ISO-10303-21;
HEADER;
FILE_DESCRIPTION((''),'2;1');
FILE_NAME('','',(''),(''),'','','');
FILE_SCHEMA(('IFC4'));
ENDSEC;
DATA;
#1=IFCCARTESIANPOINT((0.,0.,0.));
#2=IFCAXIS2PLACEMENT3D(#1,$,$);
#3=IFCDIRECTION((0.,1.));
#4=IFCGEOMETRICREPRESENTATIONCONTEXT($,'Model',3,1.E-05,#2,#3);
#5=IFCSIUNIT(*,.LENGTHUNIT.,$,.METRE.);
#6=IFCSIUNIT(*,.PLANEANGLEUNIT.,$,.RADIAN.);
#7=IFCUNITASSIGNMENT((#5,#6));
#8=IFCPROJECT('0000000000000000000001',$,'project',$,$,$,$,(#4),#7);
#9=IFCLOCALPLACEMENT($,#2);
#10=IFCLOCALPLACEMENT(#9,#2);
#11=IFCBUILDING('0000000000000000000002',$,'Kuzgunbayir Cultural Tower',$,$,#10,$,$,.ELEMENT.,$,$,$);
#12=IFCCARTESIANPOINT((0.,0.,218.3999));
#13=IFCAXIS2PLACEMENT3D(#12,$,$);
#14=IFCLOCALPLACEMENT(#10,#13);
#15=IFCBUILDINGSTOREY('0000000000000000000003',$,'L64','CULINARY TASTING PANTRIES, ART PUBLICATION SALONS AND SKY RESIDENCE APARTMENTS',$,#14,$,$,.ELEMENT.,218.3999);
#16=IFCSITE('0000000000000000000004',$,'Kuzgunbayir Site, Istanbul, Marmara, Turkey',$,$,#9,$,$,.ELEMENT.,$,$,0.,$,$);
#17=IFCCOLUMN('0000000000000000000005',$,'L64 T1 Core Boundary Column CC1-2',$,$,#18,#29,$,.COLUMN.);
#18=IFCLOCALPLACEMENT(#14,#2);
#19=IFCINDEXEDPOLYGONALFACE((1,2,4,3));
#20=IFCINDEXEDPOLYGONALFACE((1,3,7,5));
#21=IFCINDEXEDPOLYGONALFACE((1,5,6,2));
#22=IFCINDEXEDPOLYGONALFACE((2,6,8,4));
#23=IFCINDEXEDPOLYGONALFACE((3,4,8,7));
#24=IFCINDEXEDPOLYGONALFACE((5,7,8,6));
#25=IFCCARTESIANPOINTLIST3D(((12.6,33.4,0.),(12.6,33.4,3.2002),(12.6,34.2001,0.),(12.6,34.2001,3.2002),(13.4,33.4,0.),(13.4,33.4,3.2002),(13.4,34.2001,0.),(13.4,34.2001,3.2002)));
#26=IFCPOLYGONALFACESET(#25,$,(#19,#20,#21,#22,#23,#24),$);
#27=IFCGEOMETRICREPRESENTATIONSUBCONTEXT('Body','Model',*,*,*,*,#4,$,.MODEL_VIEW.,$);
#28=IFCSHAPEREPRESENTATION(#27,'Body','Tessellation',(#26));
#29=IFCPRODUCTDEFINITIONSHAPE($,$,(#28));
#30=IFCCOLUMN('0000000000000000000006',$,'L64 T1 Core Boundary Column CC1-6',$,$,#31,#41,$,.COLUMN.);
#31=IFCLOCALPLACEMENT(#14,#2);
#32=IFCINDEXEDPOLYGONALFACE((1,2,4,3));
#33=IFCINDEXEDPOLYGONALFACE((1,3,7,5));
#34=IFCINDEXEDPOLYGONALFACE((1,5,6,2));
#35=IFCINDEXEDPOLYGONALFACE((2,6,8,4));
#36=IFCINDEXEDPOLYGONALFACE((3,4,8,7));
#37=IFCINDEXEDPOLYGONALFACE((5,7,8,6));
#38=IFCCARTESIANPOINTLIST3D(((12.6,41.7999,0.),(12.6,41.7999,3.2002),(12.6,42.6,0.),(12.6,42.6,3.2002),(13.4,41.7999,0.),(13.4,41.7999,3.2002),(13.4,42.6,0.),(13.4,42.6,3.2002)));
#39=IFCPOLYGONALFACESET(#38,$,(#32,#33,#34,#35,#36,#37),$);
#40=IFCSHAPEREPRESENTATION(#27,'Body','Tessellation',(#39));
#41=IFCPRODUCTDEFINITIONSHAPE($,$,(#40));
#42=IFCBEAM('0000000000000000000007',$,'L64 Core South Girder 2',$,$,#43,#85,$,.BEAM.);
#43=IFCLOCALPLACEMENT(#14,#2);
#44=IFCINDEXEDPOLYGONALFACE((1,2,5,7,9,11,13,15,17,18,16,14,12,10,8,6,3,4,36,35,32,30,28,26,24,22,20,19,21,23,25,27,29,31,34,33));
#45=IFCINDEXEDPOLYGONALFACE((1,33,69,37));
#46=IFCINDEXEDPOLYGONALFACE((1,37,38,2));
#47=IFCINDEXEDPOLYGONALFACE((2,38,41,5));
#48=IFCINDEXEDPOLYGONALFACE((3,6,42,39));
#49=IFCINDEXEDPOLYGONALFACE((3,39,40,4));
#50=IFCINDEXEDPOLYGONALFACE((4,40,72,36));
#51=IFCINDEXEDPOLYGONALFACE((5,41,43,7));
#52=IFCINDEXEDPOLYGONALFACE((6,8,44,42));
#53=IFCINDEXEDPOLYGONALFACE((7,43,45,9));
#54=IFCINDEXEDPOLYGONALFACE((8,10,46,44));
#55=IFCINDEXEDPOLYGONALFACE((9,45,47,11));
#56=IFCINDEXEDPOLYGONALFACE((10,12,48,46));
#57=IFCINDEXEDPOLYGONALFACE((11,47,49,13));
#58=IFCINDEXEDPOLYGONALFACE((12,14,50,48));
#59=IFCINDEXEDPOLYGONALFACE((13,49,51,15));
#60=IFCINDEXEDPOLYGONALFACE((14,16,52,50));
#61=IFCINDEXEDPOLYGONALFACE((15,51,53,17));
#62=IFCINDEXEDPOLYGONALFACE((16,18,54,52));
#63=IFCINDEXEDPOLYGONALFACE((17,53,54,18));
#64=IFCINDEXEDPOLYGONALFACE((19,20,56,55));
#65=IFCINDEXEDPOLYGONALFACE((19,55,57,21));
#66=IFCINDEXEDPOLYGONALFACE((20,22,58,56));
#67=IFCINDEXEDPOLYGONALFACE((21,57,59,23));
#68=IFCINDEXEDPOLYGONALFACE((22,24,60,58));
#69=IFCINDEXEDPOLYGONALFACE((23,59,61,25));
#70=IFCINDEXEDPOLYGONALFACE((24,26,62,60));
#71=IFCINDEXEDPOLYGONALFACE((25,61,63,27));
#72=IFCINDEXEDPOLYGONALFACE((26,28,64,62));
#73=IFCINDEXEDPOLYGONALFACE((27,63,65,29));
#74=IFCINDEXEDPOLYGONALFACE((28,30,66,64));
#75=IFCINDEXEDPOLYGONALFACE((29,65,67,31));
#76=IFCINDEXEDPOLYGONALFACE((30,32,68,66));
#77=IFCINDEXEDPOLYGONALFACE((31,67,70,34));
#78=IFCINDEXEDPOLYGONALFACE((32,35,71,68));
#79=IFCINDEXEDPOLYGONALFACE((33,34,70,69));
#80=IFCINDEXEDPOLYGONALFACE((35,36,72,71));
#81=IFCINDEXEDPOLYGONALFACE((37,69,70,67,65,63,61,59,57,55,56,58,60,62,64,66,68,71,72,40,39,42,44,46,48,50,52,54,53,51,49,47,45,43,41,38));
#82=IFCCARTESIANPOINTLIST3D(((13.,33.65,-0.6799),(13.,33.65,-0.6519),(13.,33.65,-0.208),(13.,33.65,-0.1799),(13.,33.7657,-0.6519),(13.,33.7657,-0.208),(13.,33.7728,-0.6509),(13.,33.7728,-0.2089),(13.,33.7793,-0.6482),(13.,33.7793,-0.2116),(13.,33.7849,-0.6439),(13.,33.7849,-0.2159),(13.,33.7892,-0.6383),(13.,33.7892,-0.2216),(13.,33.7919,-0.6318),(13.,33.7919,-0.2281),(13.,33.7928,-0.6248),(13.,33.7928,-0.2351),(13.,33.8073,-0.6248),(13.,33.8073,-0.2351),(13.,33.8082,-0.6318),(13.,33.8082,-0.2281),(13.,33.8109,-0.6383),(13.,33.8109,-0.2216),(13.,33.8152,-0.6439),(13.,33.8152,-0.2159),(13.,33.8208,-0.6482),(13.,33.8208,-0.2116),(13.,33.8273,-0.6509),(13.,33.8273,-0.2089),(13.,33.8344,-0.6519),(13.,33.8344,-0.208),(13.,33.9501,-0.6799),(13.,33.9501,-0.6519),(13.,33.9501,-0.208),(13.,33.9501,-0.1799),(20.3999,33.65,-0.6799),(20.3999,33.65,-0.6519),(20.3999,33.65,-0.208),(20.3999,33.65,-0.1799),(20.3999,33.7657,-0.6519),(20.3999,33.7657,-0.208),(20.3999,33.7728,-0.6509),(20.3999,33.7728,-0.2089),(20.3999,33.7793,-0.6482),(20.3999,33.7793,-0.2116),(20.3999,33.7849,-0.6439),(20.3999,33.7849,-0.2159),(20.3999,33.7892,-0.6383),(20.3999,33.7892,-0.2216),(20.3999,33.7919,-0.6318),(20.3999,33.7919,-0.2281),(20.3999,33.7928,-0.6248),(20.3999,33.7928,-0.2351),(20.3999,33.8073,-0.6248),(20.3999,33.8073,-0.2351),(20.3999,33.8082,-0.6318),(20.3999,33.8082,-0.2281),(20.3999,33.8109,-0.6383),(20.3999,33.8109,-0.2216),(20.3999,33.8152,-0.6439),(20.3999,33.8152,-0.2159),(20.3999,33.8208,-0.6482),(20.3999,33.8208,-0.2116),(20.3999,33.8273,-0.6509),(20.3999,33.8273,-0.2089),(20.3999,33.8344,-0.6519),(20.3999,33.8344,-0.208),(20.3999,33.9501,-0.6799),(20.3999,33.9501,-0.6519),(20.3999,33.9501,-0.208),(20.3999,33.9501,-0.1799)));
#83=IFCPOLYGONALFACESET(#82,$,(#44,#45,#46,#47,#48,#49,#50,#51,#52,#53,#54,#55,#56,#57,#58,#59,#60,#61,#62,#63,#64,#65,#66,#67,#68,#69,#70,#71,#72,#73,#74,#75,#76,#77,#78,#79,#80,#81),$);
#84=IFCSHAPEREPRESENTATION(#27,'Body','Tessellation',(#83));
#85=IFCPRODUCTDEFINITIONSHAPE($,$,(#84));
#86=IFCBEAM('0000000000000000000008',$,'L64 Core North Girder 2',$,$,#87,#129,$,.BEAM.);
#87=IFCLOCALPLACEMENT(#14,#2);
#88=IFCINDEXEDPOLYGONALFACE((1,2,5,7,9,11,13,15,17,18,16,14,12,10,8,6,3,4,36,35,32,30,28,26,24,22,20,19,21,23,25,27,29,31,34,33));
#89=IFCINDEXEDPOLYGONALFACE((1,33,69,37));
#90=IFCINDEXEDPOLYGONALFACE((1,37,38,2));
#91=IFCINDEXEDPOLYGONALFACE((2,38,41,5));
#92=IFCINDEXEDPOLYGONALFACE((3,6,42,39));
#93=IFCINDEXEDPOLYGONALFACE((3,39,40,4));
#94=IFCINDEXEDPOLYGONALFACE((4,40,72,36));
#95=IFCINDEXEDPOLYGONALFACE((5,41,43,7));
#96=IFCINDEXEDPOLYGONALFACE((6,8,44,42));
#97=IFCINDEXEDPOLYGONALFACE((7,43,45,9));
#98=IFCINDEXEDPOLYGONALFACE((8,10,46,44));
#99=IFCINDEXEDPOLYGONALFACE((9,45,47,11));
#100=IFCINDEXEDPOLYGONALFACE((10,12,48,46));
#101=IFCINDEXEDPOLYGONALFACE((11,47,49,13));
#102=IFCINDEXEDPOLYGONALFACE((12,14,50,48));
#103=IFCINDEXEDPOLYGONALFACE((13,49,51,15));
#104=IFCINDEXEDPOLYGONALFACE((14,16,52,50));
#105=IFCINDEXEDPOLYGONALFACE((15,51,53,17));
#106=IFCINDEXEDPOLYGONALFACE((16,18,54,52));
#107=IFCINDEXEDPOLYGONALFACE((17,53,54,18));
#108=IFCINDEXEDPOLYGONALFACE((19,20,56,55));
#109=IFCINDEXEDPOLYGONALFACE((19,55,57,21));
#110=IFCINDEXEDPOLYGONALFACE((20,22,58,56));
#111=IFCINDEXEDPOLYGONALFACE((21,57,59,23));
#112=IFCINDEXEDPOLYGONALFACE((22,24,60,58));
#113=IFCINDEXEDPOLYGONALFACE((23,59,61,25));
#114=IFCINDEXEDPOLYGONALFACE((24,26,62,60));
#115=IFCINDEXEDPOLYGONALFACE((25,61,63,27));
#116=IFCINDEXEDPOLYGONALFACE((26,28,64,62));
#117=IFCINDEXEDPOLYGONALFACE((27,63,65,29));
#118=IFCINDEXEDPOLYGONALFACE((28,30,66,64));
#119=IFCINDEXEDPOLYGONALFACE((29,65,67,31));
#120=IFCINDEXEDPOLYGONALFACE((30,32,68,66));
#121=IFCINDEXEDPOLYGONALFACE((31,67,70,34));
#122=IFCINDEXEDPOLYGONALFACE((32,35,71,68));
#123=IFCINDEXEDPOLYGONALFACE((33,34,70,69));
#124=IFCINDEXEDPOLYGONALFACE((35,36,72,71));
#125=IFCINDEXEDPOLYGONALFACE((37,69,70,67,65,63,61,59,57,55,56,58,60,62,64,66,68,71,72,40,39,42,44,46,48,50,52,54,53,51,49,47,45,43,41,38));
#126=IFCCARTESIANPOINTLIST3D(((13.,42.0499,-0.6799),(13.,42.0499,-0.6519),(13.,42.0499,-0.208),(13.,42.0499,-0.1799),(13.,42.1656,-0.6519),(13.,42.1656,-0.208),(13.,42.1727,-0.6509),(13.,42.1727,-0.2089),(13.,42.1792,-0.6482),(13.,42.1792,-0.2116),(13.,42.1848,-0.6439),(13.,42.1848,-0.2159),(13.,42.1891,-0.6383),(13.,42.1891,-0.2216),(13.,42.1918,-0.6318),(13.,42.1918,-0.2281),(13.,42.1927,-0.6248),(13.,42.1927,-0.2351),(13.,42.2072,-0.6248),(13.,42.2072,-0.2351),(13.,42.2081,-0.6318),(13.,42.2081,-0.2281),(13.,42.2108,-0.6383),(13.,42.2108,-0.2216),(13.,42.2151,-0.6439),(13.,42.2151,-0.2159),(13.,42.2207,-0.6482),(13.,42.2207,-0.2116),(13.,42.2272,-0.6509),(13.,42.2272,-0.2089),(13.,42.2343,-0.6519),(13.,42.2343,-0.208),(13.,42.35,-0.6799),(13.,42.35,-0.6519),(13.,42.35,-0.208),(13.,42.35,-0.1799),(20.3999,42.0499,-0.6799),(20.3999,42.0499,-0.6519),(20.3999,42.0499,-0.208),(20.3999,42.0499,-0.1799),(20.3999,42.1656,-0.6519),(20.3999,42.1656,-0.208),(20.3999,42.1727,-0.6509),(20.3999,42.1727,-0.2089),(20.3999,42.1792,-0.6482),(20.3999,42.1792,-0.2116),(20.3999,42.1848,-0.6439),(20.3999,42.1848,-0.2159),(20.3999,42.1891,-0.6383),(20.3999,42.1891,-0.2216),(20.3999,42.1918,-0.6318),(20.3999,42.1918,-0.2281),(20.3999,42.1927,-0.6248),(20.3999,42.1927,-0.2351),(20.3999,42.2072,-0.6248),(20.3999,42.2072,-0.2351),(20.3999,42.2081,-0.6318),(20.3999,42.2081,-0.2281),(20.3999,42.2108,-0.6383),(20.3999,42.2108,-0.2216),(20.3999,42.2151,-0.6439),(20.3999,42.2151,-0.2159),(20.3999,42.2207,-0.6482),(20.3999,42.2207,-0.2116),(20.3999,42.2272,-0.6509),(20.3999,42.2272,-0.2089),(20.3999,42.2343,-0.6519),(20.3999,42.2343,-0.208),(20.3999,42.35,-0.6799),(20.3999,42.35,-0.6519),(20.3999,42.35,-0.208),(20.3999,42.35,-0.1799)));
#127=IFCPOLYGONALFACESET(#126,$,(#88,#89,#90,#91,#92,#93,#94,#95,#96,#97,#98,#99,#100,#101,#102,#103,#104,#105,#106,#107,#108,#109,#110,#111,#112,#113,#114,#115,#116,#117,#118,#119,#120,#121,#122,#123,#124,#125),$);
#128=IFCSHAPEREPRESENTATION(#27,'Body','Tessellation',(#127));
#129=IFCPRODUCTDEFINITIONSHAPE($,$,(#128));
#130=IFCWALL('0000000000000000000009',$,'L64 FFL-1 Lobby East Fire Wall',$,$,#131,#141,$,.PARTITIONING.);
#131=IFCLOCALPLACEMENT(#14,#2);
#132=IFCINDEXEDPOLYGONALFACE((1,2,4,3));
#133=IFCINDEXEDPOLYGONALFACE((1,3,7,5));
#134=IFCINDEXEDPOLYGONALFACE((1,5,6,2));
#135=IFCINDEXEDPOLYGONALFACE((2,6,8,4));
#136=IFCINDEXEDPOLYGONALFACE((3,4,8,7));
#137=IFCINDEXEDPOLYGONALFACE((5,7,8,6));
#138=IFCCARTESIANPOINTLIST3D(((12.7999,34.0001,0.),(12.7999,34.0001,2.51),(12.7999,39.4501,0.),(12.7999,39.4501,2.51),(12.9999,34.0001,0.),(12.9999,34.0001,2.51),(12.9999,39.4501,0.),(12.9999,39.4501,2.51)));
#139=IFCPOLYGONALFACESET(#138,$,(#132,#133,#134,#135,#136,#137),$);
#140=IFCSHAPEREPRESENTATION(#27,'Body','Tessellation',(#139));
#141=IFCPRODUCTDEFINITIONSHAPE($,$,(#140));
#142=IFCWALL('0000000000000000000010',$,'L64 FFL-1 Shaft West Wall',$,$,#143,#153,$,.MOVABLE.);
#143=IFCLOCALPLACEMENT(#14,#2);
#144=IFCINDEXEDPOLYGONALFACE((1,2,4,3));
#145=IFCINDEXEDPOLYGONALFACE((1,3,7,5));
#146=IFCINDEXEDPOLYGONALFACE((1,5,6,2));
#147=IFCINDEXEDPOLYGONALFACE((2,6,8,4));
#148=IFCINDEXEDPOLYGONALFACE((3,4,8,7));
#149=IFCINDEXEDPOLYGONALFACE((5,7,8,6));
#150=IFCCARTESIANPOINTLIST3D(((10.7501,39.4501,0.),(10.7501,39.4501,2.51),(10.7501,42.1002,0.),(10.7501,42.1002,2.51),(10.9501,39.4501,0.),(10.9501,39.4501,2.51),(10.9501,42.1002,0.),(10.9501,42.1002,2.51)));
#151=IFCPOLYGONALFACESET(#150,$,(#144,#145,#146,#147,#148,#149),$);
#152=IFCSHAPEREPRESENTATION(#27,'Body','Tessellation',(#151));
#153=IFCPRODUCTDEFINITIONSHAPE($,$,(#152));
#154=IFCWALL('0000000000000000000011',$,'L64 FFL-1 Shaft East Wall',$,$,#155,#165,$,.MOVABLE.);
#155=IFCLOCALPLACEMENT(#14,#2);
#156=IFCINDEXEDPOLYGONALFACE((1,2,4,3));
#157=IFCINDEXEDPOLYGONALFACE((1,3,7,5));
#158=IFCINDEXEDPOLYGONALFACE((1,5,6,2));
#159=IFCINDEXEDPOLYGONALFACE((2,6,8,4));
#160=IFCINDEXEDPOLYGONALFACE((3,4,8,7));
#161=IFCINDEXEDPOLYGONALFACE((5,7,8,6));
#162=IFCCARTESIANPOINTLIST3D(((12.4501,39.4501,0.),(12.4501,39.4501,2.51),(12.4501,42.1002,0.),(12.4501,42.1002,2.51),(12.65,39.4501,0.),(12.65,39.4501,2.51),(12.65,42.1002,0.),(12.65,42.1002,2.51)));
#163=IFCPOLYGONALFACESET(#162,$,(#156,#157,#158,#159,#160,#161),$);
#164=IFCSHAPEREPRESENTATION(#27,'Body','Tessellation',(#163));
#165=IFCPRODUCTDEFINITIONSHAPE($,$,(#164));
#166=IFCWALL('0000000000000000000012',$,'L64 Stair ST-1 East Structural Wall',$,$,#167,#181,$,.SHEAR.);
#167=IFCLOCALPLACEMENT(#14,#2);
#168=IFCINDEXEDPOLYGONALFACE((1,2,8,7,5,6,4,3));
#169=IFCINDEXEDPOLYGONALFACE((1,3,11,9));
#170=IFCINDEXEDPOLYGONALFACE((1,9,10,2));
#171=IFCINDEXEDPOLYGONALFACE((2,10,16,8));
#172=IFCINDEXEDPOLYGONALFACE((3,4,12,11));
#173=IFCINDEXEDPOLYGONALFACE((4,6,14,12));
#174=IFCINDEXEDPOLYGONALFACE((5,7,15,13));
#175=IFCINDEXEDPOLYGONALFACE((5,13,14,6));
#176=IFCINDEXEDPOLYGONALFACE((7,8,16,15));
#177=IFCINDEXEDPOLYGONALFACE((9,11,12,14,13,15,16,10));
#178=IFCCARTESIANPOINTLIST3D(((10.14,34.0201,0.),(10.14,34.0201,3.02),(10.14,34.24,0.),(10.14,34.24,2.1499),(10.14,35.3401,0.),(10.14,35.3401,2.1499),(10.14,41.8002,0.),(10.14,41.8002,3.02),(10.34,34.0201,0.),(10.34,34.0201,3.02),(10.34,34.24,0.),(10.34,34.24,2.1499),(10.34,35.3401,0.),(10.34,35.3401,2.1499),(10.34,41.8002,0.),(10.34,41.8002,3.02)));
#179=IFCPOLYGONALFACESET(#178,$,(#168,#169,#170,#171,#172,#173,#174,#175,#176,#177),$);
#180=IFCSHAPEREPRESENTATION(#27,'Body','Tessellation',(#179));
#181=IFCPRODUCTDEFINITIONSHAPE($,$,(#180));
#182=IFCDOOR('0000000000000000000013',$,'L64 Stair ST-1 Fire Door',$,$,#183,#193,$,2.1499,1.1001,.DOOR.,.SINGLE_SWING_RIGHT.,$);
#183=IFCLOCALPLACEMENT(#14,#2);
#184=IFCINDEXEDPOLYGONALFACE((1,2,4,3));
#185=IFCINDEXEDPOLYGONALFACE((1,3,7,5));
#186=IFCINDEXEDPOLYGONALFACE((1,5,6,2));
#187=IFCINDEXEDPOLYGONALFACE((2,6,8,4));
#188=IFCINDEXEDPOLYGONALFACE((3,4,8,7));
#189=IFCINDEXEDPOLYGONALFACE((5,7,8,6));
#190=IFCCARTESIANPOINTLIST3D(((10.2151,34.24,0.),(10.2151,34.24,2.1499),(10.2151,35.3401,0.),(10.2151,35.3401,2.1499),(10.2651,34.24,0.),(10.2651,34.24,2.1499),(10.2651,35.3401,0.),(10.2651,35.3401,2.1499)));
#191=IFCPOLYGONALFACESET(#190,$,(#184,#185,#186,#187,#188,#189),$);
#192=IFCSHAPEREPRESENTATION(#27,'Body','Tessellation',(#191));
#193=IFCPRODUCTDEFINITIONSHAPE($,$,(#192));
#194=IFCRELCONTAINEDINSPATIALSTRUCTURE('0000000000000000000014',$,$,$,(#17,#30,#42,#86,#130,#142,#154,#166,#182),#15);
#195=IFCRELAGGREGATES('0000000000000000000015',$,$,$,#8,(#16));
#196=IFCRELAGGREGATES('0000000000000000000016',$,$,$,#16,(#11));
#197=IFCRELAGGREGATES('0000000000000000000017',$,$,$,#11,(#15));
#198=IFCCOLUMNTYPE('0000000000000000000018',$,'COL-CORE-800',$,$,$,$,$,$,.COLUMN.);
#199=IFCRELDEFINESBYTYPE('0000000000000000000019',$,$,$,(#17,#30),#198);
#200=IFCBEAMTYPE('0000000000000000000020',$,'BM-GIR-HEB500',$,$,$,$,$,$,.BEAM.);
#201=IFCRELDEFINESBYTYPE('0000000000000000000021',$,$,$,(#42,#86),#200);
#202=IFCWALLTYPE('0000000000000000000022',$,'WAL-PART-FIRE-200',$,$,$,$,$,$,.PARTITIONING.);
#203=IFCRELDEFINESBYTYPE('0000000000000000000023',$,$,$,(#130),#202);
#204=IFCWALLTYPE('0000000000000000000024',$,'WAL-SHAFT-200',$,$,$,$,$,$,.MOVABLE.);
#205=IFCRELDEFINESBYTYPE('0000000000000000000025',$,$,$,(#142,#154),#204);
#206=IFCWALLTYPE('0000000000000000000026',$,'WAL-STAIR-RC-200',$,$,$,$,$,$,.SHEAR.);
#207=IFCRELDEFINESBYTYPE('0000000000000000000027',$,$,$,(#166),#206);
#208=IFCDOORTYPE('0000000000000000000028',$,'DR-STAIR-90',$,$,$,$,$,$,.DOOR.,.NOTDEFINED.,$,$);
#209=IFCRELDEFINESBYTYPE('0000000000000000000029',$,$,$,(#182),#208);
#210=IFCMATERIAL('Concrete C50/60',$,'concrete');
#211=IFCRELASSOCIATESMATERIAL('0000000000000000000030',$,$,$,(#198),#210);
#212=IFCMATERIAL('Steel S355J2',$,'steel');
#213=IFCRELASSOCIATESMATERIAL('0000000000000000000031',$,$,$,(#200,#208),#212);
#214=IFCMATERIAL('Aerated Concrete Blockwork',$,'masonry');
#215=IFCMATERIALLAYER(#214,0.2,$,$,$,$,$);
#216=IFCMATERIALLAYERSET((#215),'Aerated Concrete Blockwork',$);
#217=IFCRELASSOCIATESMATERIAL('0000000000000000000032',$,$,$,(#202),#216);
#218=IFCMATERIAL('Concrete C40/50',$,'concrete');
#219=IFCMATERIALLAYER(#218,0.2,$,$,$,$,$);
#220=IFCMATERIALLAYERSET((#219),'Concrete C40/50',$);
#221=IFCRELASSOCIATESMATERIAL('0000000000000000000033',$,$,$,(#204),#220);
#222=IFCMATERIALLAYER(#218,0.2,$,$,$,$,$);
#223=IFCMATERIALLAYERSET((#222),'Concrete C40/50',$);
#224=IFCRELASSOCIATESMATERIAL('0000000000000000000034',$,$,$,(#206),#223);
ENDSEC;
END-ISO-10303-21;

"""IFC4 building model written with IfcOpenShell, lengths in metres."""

from ifc_helpers import new_model, si_unit, direction, frame, frame_2d, origin, origin_2d, place, context, subcontext, project, spatial, rectangle, i_section, extrude, material, layer, layer_set, material_profile, profile_set, type_object, element, fill, save


model = new_model("IFC4")

# Units and contexts
model_context = context("Model", 3, precision=1e-05, world=origin(), true_north=direction((0.0, 1.0)))
body_context = subcontext(model_context, "Body", "Model", "MODEL_VIEW")
ifc_project = project(units=[si_unit("LENGTHUNIT", "METRE"), si_unit("PLANEANGLEUNIT", "RADIAN")], contexts=[model_context])

# Site, building, storey
site_placement = place(None, origin())
site = spatial("IfcSite", under=ifc_project, at=site_placement, Name="Kuzgunbayir Site, Istanbul, Marmara, Turkey", CompositionType="ELEMENT", RefElevation=0.0)
building_placement = place(site_placement, origin())
building = spatial("IfcBuilding", under=site, at=building_placement, Name="Kuzgunbayir Cultural Tower", CompositionType="ELEMENT")
storey_placement = place(building_placement, frame((0.0, 0.0, 218.3999)))
storey = spatial("IfcBuildingStorey", under=building, at=storey_placement, Name="L64", Description="CULINARY TASTING PANTRIES, ART PUBLICATION SALONS AND SKY RESIDENCE APARTMENTS", CompositionType="ELEMENT", Elevation=218.3999)

# Columns
ifc_material_1 = material(Name="Concrete C50/60", Category="concrete")
ifc_material_profile_1 = material_profile(ifc_material_1, rectangle(XDim=0.8, YDim=0.8, at=origin_2d()), Name="RC 800x800")
ifc_profile_set_1 = profile_set([ifc_material_profile_1], Name="Concrete C50/60")
column_type = type_object("IfcColumnType", Name="COL-CORE-800", PredefinedType="COLUMN", material=ifc_profile_set_1)
for number, where, z_axis, x_axis, name in (
    (1, (13.0, 33.8, 0.0), (0.0, 0.0, 1.0), (1.0, 0.0, 0.0), "L64 T1 Core Boundary Column CC1-2"),
    (2, (13.0, 42.2, 0.0), (0.0, 0.0, 1.0), (1.0, 0.0, 0.0), "L64 T1 Core Boundary Column CC1-6"),
):
    element("IfcColumn", number, at=place(storey_placement, frame(where, z_axis=z_axis, x_axis=x_axis)), inside=storey, type_object=column_type, Name=name, PredefinedType="COLUMN", context=body_context, shape_type="SweptSolid", body=[
        extrude(rectangle(XDim=0.8, YDim=0.8, at=origin_2d()), origin(), (0.0, 0.0, 1.0), 3.2002),
    ])

# Beams
ifc_material_2 = material(Name="Steel S355J2", Category="steel")
ifc_material_profile_2 = material_profile(ifc_material_2, i_section(OverallWidth=0.3, OverallDepth=0.5, WebThickness=0.0144, FlangeThickness=0.0281, FilletRadius=0.0271, at=origin_2d()), Name="HEB 500")
ifc_profile_set_2 = profile_set([ifc_material_profile_2], Name="Steel S355J2")
beam_type = type_object("IfcBeamType", Name="BM-GIR-HEB500", PredefinedType="BEAM", material=ifc_profile_set_2)
for number, where, z_axis, x_axis, name in (
    (3, (13.0, 33.8, -0.4299), (1.0, 0.0, 0.0), (0.0, 1.0, 0.0), "L64 Core South Girder 2"),
    (4, (13.0, 42.2, -0.4299), (1.0, 0.0, 0.0), (0.0, 1.0, 0.0), "L64 Core North Girder 2"),
):
    element("IfcBeam", number, at=place(storey_placement, frame(where, z_axis=z_axis, x_axis=x_axis)), inside=storey, type_object=beam_type, Name=name, PredefinedType="BEAM", context=body_context, shape_type="SweptSolid", body=[
        extrude(i_section(OverallWidth=0.3, OverallDepth=0.5, WebThickness=0.0144, FlangeThickness=0.0281, FilletRadius=0.0271, at=origin_2d()), origin(), (0.0, 0.0, 1.0), 7.3999),
    ])

# Wall
ifc_material_3 = material(Name="Aerated Concrete Blockwork", Category="masonry")
ifc_layer_1 = layer(ifc_material_3, 0.2)
ifc_layer_set_1 = layer_set([ifc_layer_1], Name="Aerated Concrete Blockwork")
wall_type_1 = type_object("IfcWallType", Name="WAL-PART-FIRE-200", PredefinedType="PARTITIONING", material=ifc_layer_set_1)
wall_1_placement = place(storey_placement, frame((12.8999, 34.0, 0.0), z_axis=(0.0, 0.0, 1.0), x_axis=(0.0, 1.0, 0.0)))
element("IfcWall", 5, at=wall_1_placement, inside=storey, type_object=wall_type_1, Name="L64 FFL-1 Lobby East Fire Wall", PredefinedType="PARTITIONING", context=body_context, shape_type="SweptSolid", body=[
    extrude(rectangle(XDim=5.45, YDim=0.2, at=frame_2d((2.7251, 0.0))), origin(), (0.0, 0.0, 1.0), 2.51),
])

# Shared definitions
ifc_material_4 = material(Name="Concrete C40/50", Category="concrete")
ifc_layer_2 = layer(ifc_material_4, 0.2)
ifc_layer_set_2 = layer_set([ifc_layer_2], Name="Concrete C40/50")
wall_type_2 = type_object("IfcWallType", Name="WAL-SHAFT-200", PredefinedType="MOVABLE", material=ifc_layer_set_2)

# Walls
for number, where, z_axis, x_axis, name in (
    (6, (10.8501, 39.45, 0.0), (0.0, 0.0, 1.0), (0.0, 1.0, 0.0), "L64 FFL-1 Shaft West Wall"),
    (7, (12.55, 39.45, 0.0), (0.0, 0.0, 1.0), (0.0, 1.0, 0.0), "L64 FFL-1 Shaft East Wall"),
):
    element("IfcWall", number, at=place(storey_placement, frame(where, z_axis=z_axis, x_axis=x_axis)), inside=storey, type_object=wall_type_2, Name=name, PredefinedType="MOVABLE", context=body_context, shape_type="SweptSolid", body=[
        extrude(rectangle(XDim=2.6501, YDim=0.2, at=frame_2d((1.3252, 0.0))), origin(), (0.0, 0.0, 1.0), 2.51),
    ])

# Wall, opening, door
ifc_layer_3 = layer(ifc_material_4, 0.2)
ifc_layer_set_3 = layer_set([ifc_layer_3], Name="Concrete C40/50")
wall_type_3 = type_object("IfcWallType", Name="WAL-STAIR-RC-200", PredefinedType="SHEAR", material=ifc_layer_set_3)
wall_2_placement = place(storey_placement, frame((10.24, 34.02, 0.0), z_axis=(0.0, 0.0, 1.0), x_axis=(0.0, 1.0, 0.0)))
wall_2 = element("IfcWall", 8, at=wall_2_placement, inside=storey, type_object=wall_type_3, Name="L64 Stair ST-1 East Structural Wall", PredefinedType="SHEAR", context=body_context, shape_type="SweptSolid", body=[
    extrude(rectangle(XDim=7.78, YDim=0.2, at=frame_2d((3.8901, 0.0))), origin(), (0.0, 0.0, 1.0), 3.02),
])
opening_1_placement = place(wall_2_placement, frame((0.22, 0.0, 0.0)))
opening_1 = element("IfcOpeningElement", 9, at=opening_1_placement, cuts=wall_2, PredefinedType="OPENING", context=body_context, shape_type="SweptSolid", body=[
    extrude(rectangle(XDim=1.1001, YDim=2.1499, at=frame_2d((0.55, 1.075))), frame((0.0, 0.1099, 0.0), z_axis=(0.0, -1.0, 0.0), x_axis=(1.0, 0.0, 0.0)), (0.0, 0.0, 1.0), 0.22),
])
door_type_1 = type_object("IfcDoorType", Name="DR-STAIR-90", OperationType="NOTDEFINED", PredefinedType="DOOR", material=ifc_material_2)
door_1_placement = place(opening_1_placement, origin())
door_1 = element("IfcDoor", 10, at=door_1_placement, inside=storey, type_object=door_type_1, Name="L64 Stair ST-1 Fire Door", OperationType="SINGLE_SWING_RIGHT", OverallHeight=2.1499, OverallWidth=1.1001, PredefinedType="DOOR", context=body_context, shape_type="SweptSolid", body=[
    extrude(rectangle(XDim=1.1001, YDim=2.1499, at=frame_2d((0.55, 1.075))), frame((0.0, 0.0249, 0.0), z_axis=(0.0, -1.0, 0.0), x_axis=(1.0, 0.0, 0.0)), (0.0, 0.0, 1.0), 0.05),
])
fill(opening_1, door_1)

save(model, "model.ifc")
